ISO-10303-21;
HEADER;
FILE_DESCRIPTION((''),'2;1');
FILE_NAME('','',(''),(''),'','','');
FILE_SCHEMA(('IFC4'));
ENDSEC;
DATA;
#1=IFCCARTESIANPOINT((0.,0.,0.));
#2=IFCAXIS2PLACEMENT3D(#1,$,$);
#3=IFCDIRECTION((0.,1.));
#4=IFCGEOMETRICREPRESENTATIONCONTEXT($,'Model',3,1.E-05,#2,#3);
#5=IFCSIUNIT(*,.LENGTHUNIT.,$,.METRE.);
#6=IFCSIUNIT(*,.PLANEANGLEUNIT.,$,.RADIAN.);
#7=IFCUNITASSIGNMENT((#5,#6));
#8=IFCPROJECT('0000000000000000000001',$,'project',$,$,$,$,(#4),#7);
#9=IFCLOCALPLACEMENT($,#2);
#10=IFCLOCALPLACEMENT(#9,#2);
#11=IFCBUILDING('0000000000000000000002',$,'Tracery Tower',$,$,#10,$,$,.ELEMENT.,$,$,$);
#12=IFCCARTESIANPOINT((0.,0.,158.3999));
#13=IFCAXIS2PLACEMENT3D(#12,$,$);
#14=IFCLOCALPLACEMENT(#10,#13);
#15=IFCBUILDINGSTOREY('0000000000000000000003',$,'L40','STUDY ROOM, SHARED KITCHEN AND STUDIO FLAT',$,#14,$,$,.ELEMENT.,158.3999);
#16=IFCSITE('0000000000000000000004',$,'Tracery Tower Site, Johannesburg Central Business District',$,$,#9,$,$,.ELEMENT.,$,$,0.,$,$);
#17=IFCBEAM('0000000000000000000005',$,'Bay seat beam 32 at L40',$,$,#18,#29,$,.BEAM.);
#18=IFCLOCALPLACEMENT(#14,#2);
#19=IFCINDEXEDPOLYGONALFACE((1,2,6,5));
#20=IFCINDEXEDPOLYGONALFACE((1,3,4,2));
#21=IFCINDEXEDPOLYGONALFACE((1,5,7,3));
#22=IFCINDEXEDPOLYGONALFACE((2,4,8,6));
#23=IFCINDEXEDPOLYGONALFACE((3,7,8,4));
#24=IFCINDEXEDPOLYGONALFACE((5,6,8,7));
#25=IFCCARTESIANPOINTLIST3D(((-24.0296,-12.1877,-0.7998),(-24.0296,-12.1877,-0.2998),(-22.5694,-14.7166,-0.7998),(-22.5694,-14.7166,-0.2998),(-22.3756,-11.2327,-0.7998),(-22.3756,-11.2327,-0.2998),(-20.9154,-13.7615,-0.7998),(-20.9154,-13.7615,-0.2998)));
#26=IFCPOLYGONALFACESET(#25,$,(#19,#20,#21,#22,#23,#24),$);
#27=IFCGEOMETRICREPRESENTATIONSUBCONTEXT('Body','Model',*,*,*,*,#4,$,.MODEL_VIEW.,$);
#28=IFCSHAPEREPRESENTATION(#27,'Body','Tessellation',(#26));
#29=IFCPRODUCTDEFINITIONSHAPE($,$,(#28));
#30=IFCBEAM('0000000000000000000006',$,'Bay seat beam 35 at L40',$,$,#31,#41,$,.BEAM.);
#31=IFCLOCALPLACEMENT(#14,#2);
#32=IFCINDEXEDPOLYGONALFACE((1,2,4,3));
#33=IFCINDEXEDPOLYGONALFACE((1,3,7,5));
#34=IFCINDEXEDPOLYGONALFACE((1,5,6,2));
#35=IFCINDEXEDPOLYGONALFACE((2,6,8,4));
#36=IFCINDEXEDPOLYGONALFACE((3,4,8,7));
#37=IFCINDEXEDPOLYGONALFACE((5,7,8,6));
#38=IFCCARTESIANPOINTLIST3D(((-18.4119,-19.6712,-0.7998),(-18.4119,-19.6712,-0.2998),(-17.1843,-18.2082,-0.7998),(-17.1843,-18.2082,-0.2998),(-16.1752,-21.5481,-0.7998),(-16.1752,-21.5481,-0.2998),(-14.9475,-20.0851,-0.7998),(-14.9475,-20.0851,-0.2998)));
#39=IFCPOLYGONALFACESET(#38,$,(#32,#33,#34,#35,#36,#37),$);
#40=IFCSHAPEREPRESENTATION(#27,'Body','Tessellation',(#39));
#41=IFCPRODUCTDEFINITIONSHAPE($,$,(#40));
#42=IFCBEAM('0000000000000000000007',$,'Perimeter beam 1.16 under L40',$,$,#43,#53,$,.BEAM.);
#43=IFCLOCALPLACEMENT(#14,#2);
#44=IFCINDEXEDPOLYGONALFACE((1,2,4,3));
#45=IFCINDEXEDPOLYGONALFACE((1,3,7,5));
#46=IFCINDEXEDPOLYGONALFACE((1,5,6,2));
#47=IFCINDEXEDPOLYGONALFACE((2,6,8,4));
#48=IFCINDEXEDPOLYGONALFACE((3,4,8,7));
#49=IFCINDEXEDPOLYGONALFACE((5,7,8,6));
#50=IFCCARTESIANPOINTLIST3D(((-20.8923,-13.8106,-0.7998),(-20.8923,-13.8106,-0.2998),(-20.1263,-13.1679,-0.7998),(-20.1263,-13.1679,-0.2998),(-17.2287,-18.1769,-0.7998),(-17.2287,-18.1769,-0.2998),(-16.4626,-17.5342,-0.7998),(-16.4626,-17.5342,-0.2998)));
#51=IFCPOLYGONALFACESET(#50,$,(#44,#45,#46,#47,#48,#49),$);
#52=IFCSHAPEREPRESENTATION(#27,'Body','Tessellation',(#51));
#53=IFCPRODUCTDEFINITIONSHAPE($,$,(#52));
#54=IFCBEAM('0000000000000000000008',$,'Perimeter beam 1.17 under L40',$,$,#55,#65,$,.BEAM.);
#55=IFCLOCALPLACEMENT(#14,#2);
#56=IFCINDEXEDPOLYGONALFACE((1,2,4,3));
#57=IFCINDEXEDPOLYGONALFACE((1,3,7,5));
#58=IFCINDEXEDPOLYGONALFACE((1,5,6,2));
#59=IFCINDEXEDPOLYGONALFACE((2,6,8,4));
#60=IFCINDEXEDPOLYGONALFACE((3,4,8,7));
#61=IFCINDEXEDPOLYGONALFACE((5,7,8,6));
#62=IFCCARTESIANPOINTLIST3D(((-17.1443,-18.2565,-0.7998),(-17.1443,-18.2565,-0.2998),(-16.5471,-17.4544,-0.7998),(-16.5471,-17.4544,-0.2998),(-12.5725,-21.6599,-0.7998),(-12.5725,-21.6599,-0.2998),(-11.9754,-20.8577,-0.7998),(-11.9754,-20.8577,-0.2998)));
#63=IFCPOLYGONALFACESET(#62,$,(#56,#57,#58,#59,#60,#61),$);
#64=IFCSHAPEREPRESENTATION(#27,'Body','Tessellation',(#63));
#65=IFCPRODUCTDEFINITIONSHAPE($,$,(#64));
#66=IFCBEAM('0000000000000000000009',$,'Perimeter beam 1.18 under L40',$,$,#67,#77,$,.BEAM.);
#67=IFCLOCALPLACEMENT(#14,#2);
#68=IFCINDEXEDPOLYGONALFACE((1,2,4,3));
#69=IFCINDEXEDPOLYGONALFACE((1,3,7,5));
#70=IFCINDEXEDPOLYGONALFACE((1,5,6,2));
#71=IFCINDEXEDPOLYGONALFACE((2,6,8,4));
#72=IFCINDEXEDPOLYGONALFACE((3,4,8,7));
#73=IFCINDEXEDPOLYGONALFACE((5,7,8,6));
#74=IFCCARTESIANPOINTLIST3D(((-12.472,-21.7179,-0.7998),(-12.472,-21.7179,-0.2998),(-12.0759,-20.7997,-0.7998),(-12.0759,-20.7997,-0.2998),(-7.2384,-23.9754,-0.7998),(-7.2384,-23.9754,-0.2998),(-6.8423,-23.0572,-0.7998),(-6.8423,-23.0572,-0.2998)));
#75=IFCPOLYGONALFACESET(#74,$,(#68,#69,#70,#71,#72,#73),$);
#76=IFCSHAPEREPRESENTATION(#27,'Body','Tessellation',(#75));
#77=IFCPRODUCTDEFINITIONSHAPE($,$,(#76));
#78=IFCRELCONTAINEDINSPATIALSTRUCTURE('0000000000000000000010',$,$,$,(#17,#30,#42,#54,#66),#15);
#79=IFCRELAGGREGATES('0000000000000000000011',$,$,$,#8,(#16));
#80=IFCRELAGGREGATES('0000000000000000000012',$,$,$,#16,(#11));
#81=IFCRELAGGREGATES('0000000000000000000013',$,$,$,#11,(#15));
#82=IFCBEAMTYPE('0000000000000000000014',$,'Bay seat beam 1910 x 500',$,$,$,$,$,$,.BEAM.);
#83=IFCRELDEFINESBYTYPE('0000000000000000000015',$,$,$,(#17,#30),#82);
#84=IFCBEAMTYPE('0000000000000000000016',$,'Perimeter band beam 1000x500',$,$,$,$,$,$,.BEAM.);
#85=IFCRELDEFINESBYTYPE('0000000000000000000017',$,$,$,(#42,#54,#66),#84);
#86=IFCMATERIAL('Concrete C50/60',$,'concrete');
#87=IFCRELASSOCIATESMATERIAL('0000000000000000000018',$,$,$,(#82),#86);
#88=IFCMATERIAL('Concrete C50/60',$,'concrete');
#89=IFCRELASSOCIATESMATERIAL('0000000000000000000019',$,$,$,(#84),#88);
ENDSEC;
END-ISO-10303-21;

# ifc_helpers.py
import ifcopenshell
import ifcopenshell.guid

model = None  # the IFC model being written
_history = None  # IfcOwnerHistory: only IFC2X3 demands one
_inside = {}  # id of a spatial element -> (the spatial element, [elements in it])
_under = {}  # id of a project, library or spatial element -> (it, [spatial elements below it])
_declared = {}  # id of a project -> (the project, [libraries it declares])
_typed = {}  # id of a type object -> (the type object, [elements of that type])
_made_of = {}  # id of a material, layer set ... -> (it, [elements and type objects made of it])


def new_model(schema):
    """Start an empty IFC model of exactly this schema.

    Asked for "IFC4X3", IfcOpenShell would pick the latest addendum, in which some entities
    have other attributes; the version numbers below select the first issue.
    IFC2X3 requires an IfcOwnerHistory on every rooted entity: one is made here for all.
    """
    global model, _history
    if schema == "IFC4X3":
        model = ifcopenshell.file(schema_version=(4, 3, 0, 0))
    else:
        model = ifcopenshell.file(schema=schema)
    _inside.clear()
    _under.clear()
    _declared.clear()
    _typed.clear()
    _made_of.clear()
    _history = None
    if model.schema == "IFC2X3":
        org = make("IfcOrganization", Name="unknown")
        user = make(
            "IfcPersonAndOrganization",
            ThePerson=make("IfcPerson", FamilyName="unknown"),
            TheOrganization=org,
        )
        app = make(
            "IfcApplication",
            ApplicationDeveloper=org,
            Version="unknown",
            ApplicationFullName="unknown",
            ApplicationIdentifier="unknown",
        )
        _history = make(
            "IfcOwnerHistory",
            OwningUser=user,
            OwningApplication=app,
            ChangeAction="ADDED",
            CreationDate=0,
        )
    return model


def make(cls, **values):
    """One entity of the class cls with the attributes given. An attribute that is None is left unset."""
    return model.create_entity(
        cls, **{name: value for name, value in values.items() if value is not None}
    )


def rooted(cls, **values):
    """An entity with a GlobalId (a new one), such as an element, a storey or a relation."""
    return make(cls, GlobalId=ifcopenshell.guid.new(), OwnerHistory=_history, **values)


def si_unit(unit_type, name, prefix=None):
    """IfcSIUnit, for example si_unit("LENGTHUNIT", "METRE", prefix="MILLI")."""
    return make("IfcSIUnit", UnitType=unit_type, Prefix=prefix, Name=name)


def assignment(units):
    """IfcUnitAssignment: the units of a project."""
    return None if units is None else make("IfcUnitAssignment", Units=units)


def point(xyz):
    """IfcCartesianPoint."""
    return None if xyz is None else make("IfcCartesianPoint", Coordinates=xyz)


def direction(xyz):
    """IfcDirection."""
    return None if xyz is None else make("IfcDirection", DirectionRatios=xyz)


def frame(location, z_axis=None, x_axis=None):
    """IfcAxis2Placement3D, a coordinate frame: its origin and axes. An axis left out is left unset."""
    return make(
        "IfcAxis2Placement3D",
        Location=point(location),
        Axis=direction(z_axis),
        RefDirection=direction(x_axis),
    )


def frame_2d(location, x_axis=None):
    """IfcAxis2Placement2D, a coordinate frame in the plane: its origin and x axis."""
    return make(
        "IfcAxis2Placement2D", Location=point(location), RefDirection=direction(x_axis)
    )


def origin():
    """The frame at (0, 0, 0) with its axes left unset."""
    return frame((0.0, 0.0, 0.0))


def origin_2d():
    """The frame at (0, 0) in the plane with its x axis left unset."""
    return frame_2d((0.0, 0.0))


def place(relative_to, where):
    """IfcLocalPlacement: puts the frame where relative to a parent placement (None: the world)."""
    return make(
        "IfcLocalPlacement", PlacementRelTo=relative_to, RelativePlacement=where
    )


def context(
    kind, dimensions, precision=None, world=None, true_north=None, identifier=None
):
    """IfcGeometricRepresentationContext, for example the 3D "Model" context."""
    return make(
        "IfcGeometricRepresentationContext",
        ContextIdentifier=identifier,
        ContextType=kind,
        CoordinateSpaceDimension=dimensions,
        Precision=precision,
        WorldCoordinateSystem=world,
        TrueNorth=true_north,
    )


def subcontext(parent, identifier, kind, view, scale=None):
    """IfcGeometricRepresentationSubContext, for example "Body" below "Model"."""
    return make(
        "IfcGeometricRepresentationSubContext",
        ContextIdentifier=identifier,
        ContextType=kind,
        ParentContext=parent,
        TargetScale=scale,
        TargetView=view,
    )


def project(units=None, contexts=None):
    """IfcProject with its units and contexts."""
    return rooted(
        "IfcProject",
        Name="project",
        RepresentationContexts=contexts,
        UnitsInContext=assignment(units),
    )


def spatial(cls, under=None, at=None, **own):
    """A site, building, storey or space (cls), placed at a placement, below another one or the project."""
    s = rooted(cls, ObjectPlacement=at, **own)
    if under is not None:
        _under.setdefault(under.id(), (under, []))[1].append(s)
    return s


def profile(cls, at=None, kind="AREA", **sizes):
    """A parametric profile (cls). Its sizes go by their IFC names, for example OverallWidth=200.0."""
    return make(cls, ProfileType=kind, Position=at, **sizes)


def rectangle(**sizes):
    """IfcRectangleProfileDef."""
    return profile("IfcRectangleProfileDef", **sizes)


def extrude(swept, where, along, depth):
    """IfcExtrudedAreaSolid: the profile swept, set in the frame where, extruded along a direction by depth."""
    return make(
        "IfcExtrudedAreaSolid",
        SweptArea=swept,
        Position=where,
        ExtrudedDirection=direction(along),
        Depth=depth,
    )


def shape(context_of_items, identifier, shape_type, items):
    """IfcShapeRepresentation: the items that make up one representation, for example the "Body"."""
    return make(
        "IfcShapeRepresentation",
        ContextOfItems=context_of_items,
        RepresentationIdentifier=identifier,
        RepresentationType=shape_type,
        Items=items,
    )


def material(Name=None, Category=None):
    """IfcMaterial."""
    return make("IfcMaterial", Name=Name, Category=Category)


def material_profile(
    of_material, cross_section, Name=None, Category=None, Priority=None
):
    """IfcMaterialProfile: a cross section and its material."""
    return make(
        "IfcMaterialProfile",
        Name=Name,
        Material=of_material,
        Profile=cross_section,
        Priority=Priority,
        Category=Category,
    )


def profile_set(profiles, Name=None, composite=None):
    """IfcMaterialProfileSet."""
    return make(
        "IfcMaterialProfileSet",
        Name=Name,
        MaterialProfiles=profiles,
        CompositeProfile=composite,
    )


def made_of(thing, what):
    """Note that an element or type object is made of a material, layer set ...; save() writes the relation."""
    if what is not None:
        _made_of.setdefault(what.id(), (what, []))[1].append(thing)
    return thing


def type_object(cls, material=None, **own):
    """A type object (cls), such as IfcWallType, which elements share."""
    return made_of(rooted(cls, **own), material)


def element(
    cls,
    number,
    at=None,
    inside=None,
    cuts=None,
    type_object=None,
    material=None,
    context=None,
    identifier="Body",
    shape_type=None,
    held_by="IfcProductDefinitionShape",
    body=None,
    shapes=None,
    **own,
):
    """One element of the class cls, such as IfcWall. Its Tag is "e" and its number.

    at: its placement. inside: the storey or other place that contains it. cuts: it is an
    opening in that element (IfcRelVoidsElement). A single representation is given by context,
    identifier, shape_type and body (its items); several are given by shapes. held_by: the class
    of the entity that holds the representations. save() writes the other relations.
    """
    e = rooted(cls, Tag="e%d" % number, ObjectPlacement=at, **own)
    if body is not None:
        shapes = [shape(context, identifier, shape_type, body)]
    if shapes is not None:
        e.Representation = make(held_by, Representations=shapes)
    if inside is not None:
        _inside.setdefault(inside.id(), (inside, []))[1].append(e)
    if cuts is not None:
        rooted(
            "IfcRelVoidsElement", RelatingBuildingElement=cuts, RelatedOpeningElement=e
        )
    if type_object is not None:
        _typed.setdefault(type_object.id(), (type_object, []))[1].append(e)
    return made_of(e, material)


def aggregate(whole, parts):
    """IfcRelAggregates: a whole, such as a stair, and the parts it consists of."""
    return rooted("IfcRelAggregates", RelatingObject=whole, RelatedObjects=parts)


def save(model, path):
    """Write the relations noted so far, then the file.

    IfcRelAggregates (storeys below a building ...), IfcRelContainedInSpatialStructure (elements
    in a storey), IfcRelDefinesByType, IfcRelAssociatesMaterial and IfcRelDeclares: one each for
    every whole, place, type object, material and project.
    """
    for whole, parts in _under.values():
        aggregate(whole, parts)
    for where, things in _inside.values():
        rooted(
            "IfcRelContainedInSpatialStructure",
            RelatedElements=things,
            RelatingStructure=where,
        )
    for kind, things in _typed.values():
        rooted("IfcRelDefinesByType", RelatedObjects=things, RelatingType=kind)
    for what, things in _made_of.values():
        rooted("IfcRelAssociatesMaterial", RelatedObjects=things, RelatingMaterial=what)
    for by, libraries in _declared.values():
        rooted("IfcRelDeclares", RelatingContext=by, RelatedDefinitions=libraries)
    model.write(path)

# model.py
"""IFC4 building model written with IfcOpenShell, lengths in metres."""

from ifc_helpers import new_model, si_unit, direction, frame, origin, origin_2d, place, context, subcontext, project, spatial, rectangle, extrude, material, material_profile, profile_set, type_object, element, save


model = new_model("IFC4")

# Units and contexts
model_context = context("Model", 3, precision=1e-05, world=origin(), true_north=direction((0.0, 1.0)))
body_context = subcontext(model_context, "Body", "Model", "MODEL_VIEW")
ifc_project = project(units=[si_unit("LENGTHUNIT", "METRE"), si_unit("PLANEANGLEUNIT", "RADIAN")], contexts=[model_context])

# Site, building, storey
site_placement = place(None, origin())
site = spatial("IfcSite", under=ifc_project, at=site_placement, Name="Tracery Tower Site, Johannesburg Central Business District", CompositionType="ELEMENT", RefElevation=0.0)
building_placement = place(site_placement, origin())
building = spatial("IfcBuilding", under=site, at=building_placement, Name="Tracery Tower", CompositionType="ELEMENT")
storey_placement = place(building_placement, frame((0.0, 0.0, 158.3999)))
storey = spatial("IfcBuildingStorey", under=building, at=storey_placement, Name="L40", Description="STUDY ROOM, SHARED KITCHEN AND STUDIO FLAT", CompositionType="ELEMENT", Elevation=158.3999)

# Beams
ifc_material_1 = material(Name="Concrete C50/60", Category="concrete")
ifc_material_profile_1 = material_profile(ifc_material_1, rectangle(XDim=1.9099, YDim=0.5, at=origin_2d()), Name="RC 1910x500")
ifc_profile_set_1 = profile_set([ifc_material_profile_1], Name="Concrete C50/60")
beam_type_1 = type_object("IfcBeamType", Name="Bay seat beam 1910 x 500", PredefinedType="BEAM", material=ifc_profile_set_1)
beam_1_placement = place(storey_placement, frame((-23.2026, -11.7102, -0.5498), z_axis=(0.500051, -0.865996, 0.0), x_axis=(0.865996, 0.500051, 0.0)))
element("IfcBeam", 1, at=beam_1_placement, inside=storey, type_object=beam_type_1, Name="Bay seat beam 32 at L40", PredefinedType="BEAM", context=body_context, shape_type="SweptSolid", body=[
    extrude(rectangle(XDim=1.9099, YDim=0.5, at=origin_2d()), origin(), (0.0, 0.0, 1.0), 2.9202),
])
beam_2_placement = place(storey_placement, frame((-17.7981, -18.9397, -0.5498), z_axis=(0.766037, -0.642796, 0.0), x_axis=(0.642796, 0.766037, 0.0)))
element("IfcBeam", 2, at=beam_2_placement, inside=storey, type_object=beam_type_1, Name="Bay seat beam 35 at L40", PredefinedType="BEAM", context=body_context, shape_type="SweptSolid", body=[
    extrude(rectangle(XDim=1.9099, YDim=0.5, at=origin_2d()), origin(), (0.0, 0.0, 1.0), 2.9199),
])
ifc_material_2 = material(Name="Concrete C50/60", Category="concrete")
ifc_material_profile_2 = material_profile(ifc_material_2, rectangle(XDim=1.0, YDim=0.5, at=origin_2d()), Name="RC 1000x500")
ifc_profile_set_2 = profile_set([ifc_material_profile_2], Name="Concrete C50/60")
beam_type_2 = type_object("IfcBeamType", Name="Perimeter band beam 1000x500", PredefinedType="BEAM", material=ifc_profile_set_2)
beam_3_placement = place(storey_placement, frame((-20.5093, -13.4893, -0.5498), z_axis=(0.642776, -0.766054, 0.0), x_axis=(0.766054, 0.642776, 0.0)))
element("IfcBeam", 3, at=beam_3_placement, inside=storey, type_object=beam_type_2, Name="Perimeter beam 1.16 under L40", PredefinedType="BEAM", context=body_context, shape_type="SweptSolid", body=[
    extrude(rectangle(XDim=1.0, YDim=0.5, at=origin_2d()), origin(), (0.0, 0.0, 1.0), 5.6997),
])
beam_4_placement = place(storey_placement, frame((-16.8457, -17.8555, -0.5498), z_axis=(0.802144, -0.597131, 0.0), x_axis=(0.597131, 0.802144, 0.0)))
element("IfcBeam", 4, at=beam_4_placement, inside=storey, type_object=beam_type_2, Name="Perimeter beam 1.17 under L40", PredefinedType="BEAM", context=body_context, shape_type="SweptSolid", body=[
    extrude(rectangle(XDim=1.0, YDim=0.5, at=origin_2d()), origin(), (0.0, 0.0, 1.0), 5.6995),
])
beam_5_placement = place(storey_placement, frame((-12.2739, -21.2588, -0.5498), z_axis=(0.918216, -0.396079, 0.0), x_axis=(0.396079, 0.918216, 0.0)))
element("IfcBeam", 5, at=beam_5_placement, inside=storey, type_object=beam_type_2, Name="Perimeter beam 1.18 under L40", PredefinedType="BEAM", context=body_context, shape_type="SweptSolid", body=[
    extrude(rectangle(XDim=1.0, YDim=0.5, at=origin_2d()), origin(), (0.0, 0.0, 1.0), 5.6997),
])

save(model, "model.ifc")
